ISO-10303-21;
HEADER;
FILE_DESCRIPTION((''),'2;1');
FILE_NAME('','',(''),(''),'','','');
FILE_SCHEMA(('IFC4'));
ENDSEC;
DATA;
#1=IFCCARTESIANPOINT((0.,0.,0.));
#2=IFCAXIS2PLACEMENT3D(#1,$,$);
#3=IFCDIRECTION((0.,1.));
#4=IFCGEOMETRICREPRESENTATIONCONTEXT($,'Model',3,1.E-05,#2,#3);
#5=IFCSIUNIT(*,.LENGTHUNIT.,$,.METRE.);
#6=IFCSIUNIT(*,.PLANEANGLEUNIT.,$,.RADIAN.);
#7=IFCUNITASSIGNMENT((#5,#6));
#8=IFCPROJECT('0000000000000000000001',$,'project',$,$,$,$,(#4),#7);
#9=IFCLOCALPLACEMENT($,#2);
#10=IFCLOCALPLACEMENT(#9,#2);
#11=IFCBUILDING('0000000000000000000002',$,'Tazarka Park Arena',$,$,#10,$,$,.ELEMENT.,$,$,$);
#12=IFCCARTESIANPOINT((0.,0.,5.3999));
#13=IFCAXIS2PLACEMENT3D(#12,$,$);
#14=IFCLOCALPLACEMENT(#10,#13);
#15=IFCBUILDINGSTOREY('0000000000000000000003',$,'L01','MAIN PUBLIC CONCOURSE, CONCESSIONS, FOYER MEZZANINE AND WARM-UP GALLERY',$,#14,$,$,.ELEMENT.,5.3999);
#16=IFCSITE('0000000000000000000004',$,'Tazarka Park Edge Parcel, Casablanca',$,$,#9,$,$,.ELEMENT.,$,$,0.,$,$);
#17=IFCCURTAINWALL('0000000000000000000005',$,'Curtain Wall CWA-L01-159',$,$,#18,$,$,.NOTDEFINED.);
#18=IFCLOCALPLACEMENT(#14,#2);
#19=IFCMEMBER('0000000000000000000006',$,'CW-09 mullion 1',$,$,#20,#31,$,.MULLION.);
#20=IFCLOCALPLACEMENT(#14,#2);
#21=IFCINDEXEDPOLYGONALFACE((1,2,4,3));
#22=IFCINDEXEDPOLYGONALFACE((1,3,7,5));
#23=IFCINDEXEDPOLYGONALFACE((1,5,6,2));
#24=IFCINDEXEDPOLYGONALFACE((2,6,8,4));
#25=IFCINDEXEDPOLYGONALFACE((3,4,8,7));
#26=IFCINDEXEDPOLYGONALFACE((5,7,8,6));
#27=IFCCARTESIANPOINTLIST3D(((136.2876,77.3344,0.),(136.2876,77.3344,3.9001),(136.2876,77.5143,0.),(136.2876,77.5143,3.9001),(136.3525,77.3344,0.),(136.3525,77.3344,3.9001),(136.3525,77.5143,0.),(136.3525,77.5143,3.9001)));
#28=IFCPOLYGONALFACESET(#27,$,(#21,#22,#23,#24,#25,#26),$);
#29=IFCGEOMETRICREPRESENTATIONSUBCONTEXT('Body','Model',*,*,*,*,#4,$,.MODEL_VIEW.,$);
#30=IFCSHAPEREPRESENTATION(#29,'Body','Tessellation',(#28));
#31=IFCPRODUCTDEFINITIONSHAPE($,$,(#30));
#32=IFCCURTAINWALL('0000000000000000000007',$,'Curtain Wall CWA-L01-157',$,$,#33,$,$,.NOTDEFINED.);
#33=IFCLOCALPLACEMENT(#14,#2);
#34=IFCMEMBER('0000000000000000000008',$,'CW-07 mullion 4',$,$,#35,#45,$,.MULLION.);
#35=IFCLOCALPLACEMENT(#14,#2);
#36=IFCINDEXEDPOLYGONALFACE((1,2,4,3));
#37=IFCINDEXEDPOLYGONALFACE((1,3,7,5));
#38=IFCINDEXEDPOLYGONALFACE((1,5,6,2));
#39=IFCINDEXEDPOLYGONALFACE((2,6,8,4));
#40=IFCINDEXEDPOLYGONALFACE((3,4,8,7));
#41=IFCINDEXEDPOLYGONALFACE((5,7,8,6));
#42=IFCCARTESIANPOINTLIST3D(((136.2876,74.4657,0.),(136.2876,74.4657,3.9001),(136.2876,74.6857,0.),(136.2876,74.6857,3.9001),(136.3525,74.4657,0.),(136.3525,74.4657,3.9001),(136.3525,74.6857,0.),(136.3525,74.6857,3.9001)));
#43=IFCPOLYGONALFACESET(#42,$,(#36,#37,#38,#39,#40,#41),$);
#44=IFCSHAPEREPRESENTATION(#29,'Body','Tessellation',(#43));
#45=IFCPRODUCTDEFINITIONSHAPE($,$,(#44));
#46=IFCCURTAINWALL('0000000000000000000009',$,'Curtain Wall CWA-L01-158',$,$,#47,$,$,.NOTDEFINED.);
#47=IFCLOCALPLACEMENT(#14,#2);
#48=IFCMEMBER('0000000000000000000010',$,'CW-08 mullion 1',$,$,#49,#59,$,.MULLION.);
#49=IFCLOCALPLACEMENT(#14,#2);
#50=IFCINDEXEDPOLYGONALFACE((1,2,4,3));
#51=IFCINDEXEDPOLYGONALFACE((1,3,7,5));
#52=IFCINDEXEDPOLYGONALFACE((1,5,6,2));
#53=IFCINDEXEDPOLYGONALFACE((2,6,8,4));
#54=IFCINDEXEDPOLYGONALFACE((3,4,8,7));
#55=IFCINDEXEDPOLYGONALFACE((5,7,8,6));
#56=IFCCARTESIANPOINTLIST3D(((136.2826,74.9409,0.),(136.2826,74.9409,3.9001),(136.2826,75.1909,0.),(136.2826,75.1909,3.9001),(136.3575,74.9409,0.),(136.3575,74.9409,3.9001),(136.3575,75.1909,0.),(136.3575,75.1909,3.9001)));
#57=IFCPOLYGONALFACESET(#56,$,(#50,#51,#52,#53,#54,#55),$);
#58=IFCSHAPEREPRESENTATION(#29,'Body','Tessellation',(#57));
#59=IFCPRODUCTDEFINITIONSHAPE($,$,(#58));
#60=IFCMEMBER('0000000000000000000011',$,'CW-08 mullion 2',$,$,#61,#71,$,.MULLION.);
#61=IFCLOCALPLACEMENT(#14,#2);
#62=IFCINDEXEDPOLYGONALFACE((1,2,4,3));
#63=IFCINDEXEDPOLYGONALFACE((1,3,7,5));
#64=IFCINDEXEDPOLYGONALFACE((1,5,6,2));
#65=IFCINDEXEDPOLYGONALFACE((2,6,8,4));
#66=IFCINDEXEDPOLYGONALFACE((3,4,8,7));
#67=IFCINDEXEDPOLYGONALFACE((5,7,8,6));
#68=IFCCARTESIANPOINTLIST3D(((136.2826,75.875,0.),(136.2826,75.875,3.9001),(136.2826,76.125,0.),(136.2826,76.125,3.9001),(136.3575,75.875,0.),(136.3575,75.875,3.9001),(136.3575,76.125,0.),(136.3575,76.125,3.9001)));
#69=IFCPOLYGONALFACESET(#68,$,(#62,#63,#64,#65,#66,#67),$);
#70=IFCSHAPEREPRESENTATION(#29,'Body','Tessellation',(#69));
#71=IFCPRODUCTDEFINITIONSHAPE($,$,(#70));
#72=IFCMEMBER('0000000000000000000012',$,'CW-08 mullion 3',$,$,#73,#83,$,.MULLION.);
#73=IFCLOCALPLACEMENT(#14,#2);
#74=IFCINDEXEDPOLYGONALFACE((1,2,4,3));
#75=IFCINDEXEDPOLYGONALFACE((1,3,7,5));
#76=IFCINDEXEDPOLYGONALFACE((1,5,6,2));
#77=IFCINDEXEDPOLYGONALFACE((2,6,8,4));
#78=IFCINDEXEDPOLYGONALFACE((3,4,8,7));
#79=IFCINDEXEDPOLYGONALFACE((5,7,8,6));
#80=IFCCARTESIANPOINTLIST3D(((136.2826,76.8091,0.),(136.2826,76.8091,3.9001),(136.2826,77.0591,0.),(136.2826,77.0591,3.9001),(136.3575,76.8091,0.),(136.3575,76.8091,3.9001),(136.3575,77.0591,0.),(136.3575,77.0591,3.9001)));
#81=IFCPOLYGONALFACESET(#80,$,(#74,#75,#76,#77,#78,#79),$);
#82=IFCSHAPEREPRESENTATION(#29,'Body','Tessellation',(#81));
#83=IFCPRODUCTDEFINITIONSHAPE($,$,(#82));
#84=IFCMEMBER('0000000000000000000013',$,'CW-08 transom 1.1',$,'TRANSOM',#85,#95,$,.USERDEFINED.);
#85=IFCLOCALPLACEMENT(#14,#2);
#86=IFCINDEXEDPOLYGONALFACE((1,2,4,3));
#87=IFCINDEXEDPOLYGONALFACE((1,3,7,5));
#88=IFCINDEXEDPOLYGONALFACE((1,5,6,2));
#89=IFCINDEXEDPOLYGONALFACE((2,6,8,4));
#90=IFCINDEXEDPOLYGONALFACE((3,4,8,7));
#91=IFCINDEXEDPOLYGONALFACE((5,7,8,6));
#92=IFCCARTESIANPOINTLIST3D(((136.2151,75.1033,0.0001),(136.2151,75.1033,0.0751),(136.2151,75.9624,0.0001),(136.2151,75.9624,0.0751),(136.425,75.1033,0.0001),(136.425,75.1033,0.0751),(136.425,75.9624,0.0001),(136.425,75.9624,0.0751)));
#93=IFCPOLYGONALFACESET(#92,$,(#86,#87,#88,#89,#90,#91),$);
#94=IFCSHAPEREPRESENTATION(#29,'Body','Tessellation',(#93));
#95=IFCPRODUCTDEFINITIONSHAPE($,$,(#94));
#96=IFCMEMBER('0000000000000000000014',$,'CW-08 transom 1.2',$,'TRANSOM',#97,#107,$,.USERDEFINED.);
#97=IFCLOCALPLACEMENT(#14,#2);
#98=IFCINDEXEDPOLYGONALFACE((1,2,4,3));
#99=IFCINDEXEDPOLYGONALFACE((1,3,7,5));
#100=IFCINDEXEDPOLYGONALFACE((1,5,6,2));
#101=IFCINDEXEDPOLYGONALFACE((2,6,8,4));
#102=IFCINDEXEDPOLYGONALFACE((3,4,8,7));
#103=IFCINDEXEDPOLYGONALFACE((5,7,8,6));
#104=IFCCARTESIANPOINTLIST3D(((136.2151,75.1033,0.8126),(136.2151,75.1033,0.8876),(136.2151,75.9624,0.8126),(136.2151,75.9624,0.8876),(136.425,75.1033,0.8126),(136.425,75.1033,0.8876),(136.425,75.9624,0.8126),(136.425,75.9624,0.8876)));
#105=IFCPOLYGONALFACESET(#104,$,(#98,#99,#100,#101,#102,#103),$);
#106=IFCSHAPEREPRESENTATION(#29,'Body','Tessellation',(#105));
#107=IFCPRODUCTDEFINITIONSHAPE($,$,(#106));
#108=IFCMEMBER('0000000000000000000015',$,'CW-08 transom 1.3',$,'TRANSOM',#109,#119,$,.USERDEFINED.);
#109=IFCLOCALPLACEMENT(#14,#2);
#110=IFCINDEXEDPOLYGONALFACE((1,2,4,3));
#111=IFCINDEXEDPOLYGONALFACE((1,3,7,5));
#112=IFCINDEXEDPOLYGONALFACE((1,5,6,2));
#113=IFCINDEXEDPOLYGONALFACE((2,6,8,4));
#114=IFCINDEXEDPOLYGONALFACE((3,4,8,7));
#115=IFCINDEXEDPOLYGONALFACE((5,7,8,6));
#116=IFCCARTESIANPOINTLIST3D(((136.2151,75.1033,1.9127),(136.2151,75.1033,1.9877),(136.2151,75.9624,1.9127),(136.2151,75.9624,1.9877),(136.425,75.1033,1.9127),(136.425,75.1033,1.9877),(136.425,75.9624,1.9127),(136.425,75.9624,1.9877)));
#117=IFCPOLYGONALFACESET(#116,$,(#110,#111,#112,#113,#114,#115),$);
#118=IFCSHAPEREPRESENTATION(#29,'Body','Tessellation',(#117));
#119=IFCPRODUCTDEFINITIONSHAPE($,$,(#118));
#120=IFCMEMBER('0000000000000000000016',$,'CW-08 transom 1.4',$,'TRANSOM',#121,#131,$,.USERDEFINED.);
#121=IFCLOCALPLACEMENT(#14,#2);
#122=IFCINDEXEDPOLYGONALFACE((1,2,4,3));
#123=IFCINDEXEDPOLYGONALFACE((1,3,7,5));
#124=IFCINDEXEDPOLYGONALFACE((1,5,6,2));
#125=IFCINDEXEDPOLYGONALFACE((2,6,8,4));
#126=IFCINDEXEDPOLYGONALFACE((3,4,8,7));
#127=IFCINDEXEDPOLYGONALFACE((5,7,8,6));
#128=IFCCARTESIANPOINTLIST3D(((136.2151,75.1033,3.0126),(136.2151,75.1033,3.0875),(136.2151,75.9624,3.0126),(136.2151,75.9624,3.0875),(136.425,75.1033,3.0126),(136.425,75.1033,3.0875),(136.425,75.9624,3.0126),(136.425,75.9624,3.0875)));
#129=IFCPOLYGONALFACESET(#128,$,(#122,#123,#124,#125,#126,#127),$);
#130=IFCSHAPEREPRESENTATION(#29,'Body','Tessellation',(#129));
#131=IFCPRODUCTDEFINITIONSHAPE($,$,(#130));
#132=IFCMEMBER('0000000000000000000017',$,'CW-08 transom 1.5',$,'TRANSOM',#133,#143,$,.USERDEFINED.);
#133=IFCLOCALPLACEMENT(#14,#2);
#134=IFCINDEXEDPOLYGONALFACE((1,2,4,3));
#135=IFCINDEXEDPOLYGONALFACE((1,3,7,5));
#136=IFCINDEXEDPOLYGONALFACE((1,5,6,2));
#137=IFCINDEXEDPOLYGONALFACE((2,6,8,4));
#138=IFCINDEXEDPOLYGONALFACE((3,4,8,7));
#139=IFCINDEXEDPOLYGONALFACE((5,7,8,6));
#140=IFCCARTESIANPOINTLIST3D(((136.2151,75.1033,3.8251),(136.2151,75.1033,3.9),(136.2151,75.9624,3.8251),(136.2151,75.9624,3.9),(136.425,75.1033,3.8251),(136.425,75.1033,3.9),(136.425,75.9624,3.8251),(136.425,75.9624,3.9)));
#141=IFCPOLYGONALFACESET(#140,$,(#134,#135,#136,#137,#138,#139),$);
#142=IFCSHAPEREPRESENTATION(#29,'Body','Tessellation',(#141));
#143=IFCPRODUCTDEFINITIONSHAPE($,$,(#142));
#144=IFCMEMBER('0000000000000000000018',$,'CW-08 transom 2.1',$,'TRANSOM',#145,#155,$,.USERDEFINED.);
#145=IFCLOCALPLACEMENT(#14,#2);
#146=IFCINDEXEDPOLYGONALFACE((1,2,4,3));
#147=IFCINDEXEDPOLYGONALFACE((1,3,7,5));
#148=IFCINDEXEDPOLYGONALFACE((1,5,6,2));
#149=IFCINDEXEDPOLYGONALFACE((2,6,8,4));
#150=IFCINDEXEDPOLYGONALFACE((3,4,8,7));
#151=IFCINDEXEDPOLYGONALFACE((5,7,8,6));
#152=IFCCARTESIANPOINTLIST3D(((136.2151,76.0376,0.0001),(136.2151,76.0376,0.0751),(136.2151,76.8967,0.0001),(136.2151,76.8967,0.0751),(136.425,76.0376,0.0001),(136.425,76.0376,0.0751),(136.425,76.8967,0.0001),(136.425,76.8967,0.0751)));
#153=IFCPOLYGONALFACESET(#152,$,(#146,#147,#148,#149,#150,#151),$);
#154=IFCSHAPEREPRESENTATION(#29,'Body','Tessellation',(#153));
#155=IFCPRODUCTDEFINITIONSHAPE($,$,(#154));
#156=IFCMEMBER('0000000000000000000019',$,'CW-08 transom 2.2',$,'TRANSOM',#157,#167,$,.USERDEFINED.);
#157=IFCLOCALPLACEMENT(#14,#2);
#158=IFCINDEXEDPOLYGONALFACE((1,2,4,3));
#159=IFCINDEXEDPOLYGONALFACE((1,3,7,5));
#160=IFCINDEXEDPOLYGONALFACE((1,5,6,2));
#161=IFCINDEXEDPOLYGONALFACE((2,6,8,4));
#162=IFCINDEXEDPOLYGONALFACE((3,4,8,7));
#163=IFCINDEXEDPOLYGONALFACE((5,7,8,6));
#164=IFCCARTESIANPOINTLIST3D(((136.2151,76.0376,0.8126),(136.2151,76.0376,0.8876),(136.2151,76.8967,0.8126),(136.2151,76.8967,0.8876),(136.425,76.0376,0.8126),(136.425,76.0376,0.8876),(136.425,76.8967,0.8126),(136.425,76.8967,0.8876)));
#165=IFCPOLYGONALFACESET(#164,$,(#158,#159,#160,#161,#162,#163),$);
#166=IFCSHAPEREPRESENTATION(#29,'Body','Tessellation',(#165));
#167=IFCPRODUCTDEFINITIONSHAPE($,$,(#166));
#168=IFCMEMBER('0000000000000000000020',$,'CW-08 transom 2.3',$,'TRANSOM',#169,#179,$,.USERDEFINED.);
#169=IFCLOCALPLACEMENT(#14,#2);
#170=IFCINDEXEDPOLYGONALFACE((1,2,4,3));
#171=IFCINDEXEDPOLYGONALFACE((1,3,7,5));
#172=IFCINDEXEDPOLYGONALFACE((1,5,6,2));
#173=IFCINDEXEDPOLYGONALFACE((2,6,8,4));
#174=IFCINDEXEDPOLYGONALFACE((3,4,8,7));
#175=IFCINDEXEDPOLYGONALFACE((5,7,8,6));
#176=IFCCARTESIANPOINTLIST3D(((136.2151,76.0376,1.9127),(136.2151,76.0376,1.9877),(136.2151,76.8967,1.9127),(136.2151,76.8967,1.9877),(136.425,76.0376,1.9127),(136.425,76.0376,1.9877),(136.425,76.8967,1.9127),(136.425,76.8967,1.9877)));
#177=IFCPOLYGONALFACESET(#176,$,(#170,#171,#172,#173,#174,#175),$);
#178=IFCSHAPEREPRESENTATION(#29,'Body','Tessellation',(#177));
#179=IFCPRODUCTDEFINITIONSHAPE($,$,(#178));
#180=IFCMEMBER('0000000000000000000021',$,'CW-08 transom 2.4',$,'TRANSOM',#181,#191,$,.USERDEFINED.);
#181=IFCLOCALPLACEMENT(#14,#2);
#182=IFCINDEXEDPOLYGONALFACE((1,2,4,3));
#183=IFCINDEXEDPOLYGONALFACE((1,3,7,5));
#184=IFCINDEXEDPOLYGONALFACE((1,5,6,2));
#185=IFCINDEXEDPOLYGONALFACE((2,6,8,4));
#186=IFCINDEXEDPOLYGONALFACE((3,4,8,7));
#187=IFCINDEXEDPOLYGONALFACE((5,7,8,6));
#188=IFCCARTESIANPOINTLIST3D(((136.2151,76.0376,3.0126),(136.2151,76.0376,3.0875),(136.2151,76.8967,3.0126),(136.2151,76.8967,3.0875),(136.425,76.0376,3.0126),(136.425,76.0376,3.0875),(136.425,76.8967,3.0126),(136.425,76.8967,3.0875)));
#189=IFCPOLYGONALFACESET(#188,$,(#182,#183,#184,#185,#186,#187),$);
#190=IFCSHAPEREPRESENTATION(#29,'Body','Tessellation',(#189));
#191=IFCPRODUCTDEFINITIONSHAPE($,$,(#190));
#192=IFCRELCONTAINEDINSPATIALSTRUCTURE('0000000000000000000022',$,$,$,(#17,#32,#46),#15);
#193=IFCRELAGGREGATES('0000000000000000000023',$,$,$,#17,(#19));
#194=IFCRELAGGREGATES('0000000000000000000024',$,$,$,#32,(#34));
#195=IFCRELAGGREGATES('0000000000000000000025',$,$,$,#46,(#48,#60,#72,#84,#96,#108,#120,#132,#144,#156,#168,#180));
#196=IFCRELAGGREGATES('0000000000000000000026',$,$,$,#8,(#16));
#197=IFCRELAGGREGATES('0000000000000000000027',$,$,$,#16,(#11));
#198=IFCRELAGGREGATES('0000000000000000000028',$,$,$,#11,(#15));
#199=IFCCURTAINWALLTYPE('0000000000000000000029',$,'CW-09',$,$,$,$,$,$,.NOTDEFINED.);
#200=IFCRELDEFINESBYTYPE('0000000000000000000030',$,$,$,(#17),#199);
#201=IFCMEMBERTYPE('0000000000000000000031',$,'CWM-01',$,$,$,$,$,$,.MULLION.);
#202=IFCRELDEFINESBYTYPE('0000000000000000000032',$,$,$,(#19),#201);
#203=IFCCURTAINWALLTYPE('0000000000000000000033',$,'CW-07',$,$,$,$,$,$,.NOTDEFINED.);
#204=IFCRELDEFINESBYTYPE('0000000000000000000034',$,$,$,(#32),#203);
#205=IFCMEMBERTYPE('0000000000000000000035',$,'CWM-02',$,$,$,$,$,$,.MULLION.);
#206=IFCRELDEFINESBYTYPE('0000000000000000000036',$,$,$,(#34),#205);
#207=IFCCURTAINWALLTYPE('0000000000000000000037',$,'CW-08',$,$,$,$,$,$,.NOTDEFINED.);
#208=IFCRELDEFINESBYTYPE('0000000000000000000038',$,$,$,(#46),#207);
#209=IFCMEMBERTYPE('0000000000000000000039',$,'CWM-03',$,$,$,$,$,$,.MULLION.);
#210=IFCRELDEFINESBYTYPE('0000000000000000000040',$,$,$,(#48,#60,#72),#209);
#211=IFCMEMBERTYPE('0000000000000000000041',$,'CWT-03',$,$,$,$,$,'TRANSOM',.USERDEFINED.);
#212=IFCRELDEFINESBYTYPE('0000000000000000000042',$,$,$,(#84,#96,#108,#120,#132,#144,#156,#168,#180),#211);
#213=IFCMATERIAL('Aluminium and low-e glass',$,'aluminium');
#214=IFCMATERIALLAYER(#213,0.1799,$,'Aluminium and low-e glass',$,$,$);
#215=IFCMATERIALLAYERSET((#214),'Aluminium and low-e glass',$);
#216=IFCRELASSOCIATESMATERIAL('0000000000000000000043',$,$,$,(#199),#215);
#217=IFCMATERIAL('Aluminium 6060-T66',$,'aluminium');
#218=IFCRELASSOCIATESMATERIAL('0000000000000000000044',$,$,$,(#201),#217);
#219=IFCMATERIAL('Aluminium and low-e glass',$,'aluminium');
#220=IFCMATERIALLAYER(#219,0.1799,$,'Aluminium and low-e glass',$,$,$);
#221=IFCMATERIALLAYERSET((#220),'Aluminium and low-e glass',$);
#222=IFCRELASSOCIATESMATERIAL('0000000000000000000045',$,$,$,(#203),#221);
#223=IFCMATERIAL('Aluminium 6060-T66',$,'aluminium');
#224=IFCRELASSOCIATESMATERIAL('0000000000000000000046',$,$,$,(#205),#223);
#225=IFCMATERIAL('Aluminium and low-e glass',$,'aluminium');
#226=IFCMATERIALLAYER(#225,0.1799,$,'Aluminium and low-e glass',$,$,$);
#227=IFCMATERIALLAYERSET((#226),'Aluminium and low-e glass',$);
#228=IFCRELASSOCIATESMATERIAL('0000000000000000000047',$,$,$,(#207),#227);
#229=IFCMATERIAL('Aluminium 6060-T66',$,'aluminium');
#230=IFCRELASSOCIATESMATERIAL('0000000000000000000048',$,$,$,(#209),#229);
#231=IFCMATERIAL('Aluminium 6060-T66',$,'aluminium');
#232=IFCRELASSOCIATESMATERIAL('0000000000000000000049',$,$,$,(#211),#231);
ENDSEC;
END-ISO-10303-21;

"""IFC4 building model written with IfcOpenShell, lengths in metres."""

from ifc_helpers import new_model, si_unit, direction, frame, origin, origin_2d, place, context, subcontext, project, spatial, rectangle, extrude, material, layer, layer_set, material_profile, profile_set, type_object, element, aggregate, save


model = new_model("IFC4")

# Units and contexts
model_context = context("Model", 3, precision=1e-05, world=origin(), true_north=direction((0.0, 1.0)))
body_context = subcontext(model_context, "Body", "Model", "MODEL_VIEW")
ifc_project = project(units=[si_unit("LENGTHUNIT", "METRE"), si_unit("PLANEANGLEUNIT", "RADIAN")], contexts=[model_context])

# Site, building, storey
site_placement = place(None, origin())
site = spatial("IfcSite", under=ifc_project, at=site_placement, Name="Tazarka Park Edge Parcel, Casablanca", CompositionType="ELEMENT", RefElevation=0.0)
building_placement = place(site_placement, origin())
building = spatial("IfcBuilding", under=site, at=building_placement, Name="Tazarka Park Arena", CompositionType="ELEMENT")
storey_placement = place(building_placement, frame((0.0, 0.0, 5.3999)))
storey = spatial("IfcBuildingStorey", under=building, at=storey_placement, Name="L01", Description="MAIN PUBLIC CONCOURSE, CONCESSIONS, FOYER MEZZANINE AND WARM-UP GALLERY", CompositionType="ELEMENT", Elevation=5.3999)

# Curtain walls, members
ifc_material_1 = material(Name="Aluminium and low-e glass", Category="aluminium")
ifc_layer_1 = layer(ifc_material_1, 0.1799, Name="Aluminium and low-e glass")
ifc_layer_set_1 = layer_set([ifc_layer_1], Name="Aluminium and low-e glass")
curtain_wall_type_1 = type_object("IfcCurtainWallType", Name="CW-09", PredefinedType="NOTDEFINED", material=ifc_layer_set_1)
curtain_wall_1_placement = place(storey_placement, origin())
curtain_wall_1 = element("IfcCurtainWall", 1, at=curtain_wall_1_placement, inside=storey, type_object=curtain_wall_type_1, Name="Curtain Wall CWA-L01-159", PredefinedType="NOTDEFINED")
ifc_material_2 = material(Name="Aluminium 6060-T66", Category="aluminium")
ifc_material_profile_1 = material_profile(ifc_material_2, rectangle(XDim=0.0649, YDim=0.1799, at=origin_2d()), Name="Aluminium 6060-T66")
ifc_profile_set_1 = profile_set([ifc_material_profile_1], Name="Aluminium 6060-T66")
member_type_1 = type_object("IfcMemberType", Name="CWM-01", PredefinedType="MULLION", material=ifc_profile_set_1)
member_1_placement = place(storey_placement, frame((136.3201, 77.4243, 0.0), z_axis=(0.0, 0.0, 1.0), x_axis=(-1.0, 0.0, 0.0)))
member_1 = element("IfcMember", 2, at=member_1_placement, type_object=member_type_1, Name="CW-09 mullion 1", PredefinedType="MULLION", context=body_context, shape_type="SweptSolid", body=[
    extrude(rectangle(XDim=0.0649, YDim=0.1799, at=origin_2d()), origin(), (0.0, 0.0, 1.0), 3.9001),
])
aggregate(curtain_wall_1, [member_1])
ifc_material_3 = material(Name="Aluminium and low-e glass", Category="aluminium")
ifc_layer_2 = layer(ifc_material_3, 0.1799, Name="Aluminium and low-e glass")
ifc_layer_set_2 = layer_set([ifc_layer_2], Name="Aluminium and low-e glass")
curtain_wall_type_2 = type_object("IfcCurtainWallType", Name="CW-07", PredefinedType="NOTDEFINED", material=ifc_layer_set_2)
curtain_wall_2_placement = place(storey_placement, origin())
curtain_wall_2 = element("IfcCurtainWall", 3, at=curtain_wall_2_placement, inside=storey, type_object=curtain_wall_type_2, Name="Curtain Wall CWA-L01-157", PredefinedType="NOTDEFINED")
ifc_material_4 = material(Name="Aluminium 6060-T66", Category="aluminium")
ifc_material_profile_2 = material_profile(ifc_material_4, rectangle(XDim=0.0649, YDim=0.22, at=origin_2d()), Name="Aluminium 6060-T66")
ifc_profile_set_2 = profile_set([ifc_material_profile_2], Name="Aluminium 6060-T66")
member_type_2 = type_object("IfcMemberType", Name="CWM-02", PredefinedType="MULLION", material=ifc_profile_set_2)
member_2_placement = place(storey_placement, frame((136.3201, 74.5757, 0.0), z_axis=(0.0, 0.0, 1.0), x_axis=(-1.0, 0.0, 0.0)))
member_2 = element("IfcMember", 4, at=member_2_placement, type_object=member_type_2, Name="CW-07 mullion 4", PredefinedType="MULLION", context=body_context, shape_type="SweptSolid", body=[
    extrude(rectangle(XDim=0.0649, YDim=0.22, at=origin_2d()), origin(), (0.0, 0.0, 1.0), 3.9001),
])

# Curtain wall, members
ifc_material_5 = material(Name="Aluminium and low-e glass", Category="aluminium")
ifc_layer_3 = layer(ifc_material_5, 0.1799, Name="Aluminium and low-e glass")
ifc_layer_set_3 = layer_set([ifc_layer_3], Name="Aluminium and low-e glass")
curtain_wall_type_3 = type_object("IfcCurtainWallType", Name="CW-08", PredefinedType="NOTDEFINED", material=ifc_layer_set_3)
curtain_wall_3_placement = place(storey_placement, origin())
curtain_wall_3 = element("IfcCurtainWall", 5, at=curtain_wall_3_placement, inside=storey, type_object=curtain_wall_type_3, Name="Curtain Wall CWA-L01-158", PredefinedType="NOTDEFINED")
ifc_material_6 = material(Name="Aluminium 6060-T66", Category="aluminium")
ifc_material_profile_3 = material_profile(ifc_material_6, rectangle(XDim=0.075, YDim=0.25, at=origin_2d()), Name="Aluminium 6060-T66")
ifc_profile_set_3 = profile_set([ifc_material_profile_3], Name="Aluminium 6060-T66")
member_type_3 = type_object("IfcMemberType", Name="CWM-03", PredefinedType="MULLION", material=ifc_profile_set_3)
member_3_placement = place(storey_placement, frame((136.3201, 75.0659, 0.0), z_axis=(0.0, 0.0, 1.0), x_axis=(-1.0, 0.0, 0.0)))
member_3 = element("IfcMember", 6, at=member_3_placement, type_object=member_type_3, Name="CW-08 mullion 1", PredefinedType="MULLION", context=body_context, shape_type="SweptSolid", body=[
    extrude(rectangle(XDim=0.075, YDim=0.25, at=origin_2d()), origin(), (0.0, 0.0, 1.0), 3.9001),
])
member_4_placement = place(storey_placement, frame((136.3201, 76.0, 0.0), z_axis=(0.0, 0.0, 1.0), x_axis=(-1.0, 0.0, 0.0)))
member_4 = element("IfcMember", 7, at=member_4_placement, type_object=member_type_3, Name="CW-08 mullion 2", PredefinedType="MULLION", context=body_context, shape_type="SweptSolid", body=[
    extrude(rectangle(XDim=0.075, YDim=0.25, at=origin_2d()), origin(), (0.0, 0.0, 1.0), 3.9001),
])
member_5_placement = place(storey_placement, frame((136.3201, 76.9341, 0.0), z_axis=(0.0, 0.0, 1.0), x_axis=(-1.0, 0.0, 0.0)))
member_5 = element("IfcMember", 8, at=member_5_placement, type_object=member_type_3, Name="CW-08 mullion 3", PredefinedType="MULLION", context=body_context, shape_type="SweptSolid", body=[
    extrude(rectangle(XDim=0.075, YDim=0.25, at=origin_2d()), origin(), (0.0, 0.0, 1.0), 3.9001),
])
ifc_material_7 = material(Name="Aluminium 6060-T66", Category="aluminium")
ifc_material_profile_4 = material_profile(ifc_material_7, rectangle(XDim=0.21, YDim=0.075, at=origin_2d()), Name="Aluminium 6060-T66")
ifc_profile_set_4 = profile_set([ifc_material_profile_4], Name="Aluminium 6060-T66")
member_type_4 = type_object("IfcMemberType", Name="CWT-03", ElementType="TRANSOM", PredefinedType="USERDEFINED", material=ifc_profile_set_4)
member_6_placement = place(storey_placement, frame((136.3201, 75.1033, 0.0376), z_axis=(0.0, 1.0, 0.0), x_axis=(-1.0, 0.0, 0.0)))
member_6 = element("IfcMember", 9, at=member_6_placement, type_object=member_type_4, Name="CW-08 transom 1.1", ObjectType="TRANSOM", PredefinedType="USERDEFINED", context=body_context, shape_type="SweptSolid", body=[
    extrude(rectangle(XDim=0.21, YDim=0.075, at=origin_2d()), origin(), (0.0, 0.0, 1.0), 0.8591),
])
member_7_placement = place(storey_placement, frame((136.3201, 75.1033, 0.8501), z_axis=(0.0, 1.0, 0.0), x_axis=(-1.0, 0.0, 0.0)))
member_7 = element("IfcMember", 10, at=member_7_placement, type_object=member_type_4, Name="CW-08 transom 1.2", ObjectType="TRANSOM", PredefinedType="USERDEFINED", context=body_context, shape_type="SweptSolid", body=[
    extrude(rectangle(XDim=0.21, YDim=0.075, at=origin_2d()), origin(), (0.0, 0.0, 1.0), 0.8591),
])
member_8_placement = place(storey_placement, frame((136.3201, 75.1033, 1.9502), z_axis=(0.0, 1.0, 0.0), x_axis=(-1.0, 0.0, 0.0)))
member_8 = element("IfcMember", 11, at=member_8_placement, type_object=member_type_4, Name="CW-08 transom 1.3", ObjectType="TRANSOM", PredefinedType="USERDEFINED", context=body_context, shape_type="SweptSolid", body=[
    extrude(rectangle(XDim=0.21, YDim=0.075, at=origin_2d()), origin(), (0.0, 0.0, 1.0), 0.8591),
])
member_9_placement = place(storey_placement, frame((136.3201, 75.1033, 3.05), z_axis=(0.0, 1.0, 0.0), x_axis=(-1.0, 0.0, 0.0)))
member_9 = element("IfcMember", 12, at=member_9_placement, type_object=member_type_4, Name="CW-08 transom 1.4", ObjectType="TRANSOM", PredefinedType="USERDEFINED", context=body_context, shape_type="SweptSolid", body=[
    extrude(rectangle(XDim=0.21, YDim=0.075, at=origin_2d()), origin(), (0.0, 0.0, 1.0), 0.8591),
])
member_10_placement = place(storey_placement, frame((136.3201, 75.1033, 3.8625), z_axis=(0.0, 1.0, 0.0), x_axis=(-1.0, 0.0, 0.0)))
member_10 = element("IfcMember", 13, at=member_10_placement, type_object=member_type_4, Name="CW-08 transom 1.5", ObjectType="TRANSOM", PredefinedType="USERDEFINED", context=body_context, shape_type="SweptSolid", body=[
    extrude(rectangle(XDim=0.21, YDim=0.075, at=origin_2d()), origin(), (0.0, 0.0, 1.0), 0.8591),
])
member_11_placement = place(storey_placement, frame((136.3201, 76.0376, 0.0376), z_axis=(0.0, 1.0, 0.0), x_axis=(-1.0, 0.0, 0.0)))
member_11 = element("IfcMember", 14, at=member_11_placement, type_object=member_type_4, Name="CW-08 transom 2.1", ObjectType="TRANSOM", PredefinedType="USERDEFINED", context=body_context, shape_type="SweptSolid", body=[
    extrude(rectangle(XDim=0.21, YDim=0.075, at=origin_2d()), origin(), (0.0, 0.0, 1.0), 0.8591),
])
member_12_placement = place(storey_placement, frame((136.3201, 76.0376, 0.8501), z_axis=(0.0, 1.0, 0.0), x_axis=(-1.0, 0.0, 0.0)))
member_12 = element("IfcMember", 15, at=member_12_placement, type_object=member_type_4, Name="CW-08 transom 2.2", ObjectType="TRANSOM", PredefinedType="USERDEFINED", context=body_context, shape_type="SweptSolid", body=[
    extrude(rectangle(XDim=0.21, YDim=0.075, at=origin_2d()), origin(), (0.0, 0.0, 1.0), 0.8591),
])
member_13_placement = place(storey_placement, frame((136.3201, 76.0376, 1.9502), z_axis=(0.0, 1.0, 0.0), x_axis=(-1.0, 0.0, 0.0)))
member_13 = element("IfcMember", 16, at=member_13_placement, type_object=member_type_4, Name="CW-08 transom 2.3", ObjectType="TRANSOM", PredefinedType="USERDEFINED", context=body_context, shape_type="SweptSolid", body=[
    extrude(rectangle(XDim=0.21, YDim=0.075, at=origin_2d()), origin(), (0.0, 0.0, 1.0), 0.8591),
])
member_14_placement = place(storey_placement, frame((136.3201, 76.0376, 3.05), z_axis=(0.0, 1.0, 0.0), x_axis=(-1.0, 0.0, 0.0)))
member_14 = element("IfcMember", 17, at=member_14_placement, type_object=member_type_4, Name="CW-08 transom 2.4", ObjectType="TRANSOM", PredefinedType="USERDEFINED", context=body_context, shape_type="SweptSolid", body=[
    extrude(rectangle(XDim=0.21, YDim=0.075, at=origin_2d()), origin(), (0.0, 0.0, 1.0), 0.8591),
])

aggregate(curtain_wall_2, [member_2])
aggregate(curtain_wall_3, [member_3, member_4, member_5, member_6, member_7, member_8, member_9, member_10, member_11, member_12, member_13, member_14])

save(model, "model.ifc")
